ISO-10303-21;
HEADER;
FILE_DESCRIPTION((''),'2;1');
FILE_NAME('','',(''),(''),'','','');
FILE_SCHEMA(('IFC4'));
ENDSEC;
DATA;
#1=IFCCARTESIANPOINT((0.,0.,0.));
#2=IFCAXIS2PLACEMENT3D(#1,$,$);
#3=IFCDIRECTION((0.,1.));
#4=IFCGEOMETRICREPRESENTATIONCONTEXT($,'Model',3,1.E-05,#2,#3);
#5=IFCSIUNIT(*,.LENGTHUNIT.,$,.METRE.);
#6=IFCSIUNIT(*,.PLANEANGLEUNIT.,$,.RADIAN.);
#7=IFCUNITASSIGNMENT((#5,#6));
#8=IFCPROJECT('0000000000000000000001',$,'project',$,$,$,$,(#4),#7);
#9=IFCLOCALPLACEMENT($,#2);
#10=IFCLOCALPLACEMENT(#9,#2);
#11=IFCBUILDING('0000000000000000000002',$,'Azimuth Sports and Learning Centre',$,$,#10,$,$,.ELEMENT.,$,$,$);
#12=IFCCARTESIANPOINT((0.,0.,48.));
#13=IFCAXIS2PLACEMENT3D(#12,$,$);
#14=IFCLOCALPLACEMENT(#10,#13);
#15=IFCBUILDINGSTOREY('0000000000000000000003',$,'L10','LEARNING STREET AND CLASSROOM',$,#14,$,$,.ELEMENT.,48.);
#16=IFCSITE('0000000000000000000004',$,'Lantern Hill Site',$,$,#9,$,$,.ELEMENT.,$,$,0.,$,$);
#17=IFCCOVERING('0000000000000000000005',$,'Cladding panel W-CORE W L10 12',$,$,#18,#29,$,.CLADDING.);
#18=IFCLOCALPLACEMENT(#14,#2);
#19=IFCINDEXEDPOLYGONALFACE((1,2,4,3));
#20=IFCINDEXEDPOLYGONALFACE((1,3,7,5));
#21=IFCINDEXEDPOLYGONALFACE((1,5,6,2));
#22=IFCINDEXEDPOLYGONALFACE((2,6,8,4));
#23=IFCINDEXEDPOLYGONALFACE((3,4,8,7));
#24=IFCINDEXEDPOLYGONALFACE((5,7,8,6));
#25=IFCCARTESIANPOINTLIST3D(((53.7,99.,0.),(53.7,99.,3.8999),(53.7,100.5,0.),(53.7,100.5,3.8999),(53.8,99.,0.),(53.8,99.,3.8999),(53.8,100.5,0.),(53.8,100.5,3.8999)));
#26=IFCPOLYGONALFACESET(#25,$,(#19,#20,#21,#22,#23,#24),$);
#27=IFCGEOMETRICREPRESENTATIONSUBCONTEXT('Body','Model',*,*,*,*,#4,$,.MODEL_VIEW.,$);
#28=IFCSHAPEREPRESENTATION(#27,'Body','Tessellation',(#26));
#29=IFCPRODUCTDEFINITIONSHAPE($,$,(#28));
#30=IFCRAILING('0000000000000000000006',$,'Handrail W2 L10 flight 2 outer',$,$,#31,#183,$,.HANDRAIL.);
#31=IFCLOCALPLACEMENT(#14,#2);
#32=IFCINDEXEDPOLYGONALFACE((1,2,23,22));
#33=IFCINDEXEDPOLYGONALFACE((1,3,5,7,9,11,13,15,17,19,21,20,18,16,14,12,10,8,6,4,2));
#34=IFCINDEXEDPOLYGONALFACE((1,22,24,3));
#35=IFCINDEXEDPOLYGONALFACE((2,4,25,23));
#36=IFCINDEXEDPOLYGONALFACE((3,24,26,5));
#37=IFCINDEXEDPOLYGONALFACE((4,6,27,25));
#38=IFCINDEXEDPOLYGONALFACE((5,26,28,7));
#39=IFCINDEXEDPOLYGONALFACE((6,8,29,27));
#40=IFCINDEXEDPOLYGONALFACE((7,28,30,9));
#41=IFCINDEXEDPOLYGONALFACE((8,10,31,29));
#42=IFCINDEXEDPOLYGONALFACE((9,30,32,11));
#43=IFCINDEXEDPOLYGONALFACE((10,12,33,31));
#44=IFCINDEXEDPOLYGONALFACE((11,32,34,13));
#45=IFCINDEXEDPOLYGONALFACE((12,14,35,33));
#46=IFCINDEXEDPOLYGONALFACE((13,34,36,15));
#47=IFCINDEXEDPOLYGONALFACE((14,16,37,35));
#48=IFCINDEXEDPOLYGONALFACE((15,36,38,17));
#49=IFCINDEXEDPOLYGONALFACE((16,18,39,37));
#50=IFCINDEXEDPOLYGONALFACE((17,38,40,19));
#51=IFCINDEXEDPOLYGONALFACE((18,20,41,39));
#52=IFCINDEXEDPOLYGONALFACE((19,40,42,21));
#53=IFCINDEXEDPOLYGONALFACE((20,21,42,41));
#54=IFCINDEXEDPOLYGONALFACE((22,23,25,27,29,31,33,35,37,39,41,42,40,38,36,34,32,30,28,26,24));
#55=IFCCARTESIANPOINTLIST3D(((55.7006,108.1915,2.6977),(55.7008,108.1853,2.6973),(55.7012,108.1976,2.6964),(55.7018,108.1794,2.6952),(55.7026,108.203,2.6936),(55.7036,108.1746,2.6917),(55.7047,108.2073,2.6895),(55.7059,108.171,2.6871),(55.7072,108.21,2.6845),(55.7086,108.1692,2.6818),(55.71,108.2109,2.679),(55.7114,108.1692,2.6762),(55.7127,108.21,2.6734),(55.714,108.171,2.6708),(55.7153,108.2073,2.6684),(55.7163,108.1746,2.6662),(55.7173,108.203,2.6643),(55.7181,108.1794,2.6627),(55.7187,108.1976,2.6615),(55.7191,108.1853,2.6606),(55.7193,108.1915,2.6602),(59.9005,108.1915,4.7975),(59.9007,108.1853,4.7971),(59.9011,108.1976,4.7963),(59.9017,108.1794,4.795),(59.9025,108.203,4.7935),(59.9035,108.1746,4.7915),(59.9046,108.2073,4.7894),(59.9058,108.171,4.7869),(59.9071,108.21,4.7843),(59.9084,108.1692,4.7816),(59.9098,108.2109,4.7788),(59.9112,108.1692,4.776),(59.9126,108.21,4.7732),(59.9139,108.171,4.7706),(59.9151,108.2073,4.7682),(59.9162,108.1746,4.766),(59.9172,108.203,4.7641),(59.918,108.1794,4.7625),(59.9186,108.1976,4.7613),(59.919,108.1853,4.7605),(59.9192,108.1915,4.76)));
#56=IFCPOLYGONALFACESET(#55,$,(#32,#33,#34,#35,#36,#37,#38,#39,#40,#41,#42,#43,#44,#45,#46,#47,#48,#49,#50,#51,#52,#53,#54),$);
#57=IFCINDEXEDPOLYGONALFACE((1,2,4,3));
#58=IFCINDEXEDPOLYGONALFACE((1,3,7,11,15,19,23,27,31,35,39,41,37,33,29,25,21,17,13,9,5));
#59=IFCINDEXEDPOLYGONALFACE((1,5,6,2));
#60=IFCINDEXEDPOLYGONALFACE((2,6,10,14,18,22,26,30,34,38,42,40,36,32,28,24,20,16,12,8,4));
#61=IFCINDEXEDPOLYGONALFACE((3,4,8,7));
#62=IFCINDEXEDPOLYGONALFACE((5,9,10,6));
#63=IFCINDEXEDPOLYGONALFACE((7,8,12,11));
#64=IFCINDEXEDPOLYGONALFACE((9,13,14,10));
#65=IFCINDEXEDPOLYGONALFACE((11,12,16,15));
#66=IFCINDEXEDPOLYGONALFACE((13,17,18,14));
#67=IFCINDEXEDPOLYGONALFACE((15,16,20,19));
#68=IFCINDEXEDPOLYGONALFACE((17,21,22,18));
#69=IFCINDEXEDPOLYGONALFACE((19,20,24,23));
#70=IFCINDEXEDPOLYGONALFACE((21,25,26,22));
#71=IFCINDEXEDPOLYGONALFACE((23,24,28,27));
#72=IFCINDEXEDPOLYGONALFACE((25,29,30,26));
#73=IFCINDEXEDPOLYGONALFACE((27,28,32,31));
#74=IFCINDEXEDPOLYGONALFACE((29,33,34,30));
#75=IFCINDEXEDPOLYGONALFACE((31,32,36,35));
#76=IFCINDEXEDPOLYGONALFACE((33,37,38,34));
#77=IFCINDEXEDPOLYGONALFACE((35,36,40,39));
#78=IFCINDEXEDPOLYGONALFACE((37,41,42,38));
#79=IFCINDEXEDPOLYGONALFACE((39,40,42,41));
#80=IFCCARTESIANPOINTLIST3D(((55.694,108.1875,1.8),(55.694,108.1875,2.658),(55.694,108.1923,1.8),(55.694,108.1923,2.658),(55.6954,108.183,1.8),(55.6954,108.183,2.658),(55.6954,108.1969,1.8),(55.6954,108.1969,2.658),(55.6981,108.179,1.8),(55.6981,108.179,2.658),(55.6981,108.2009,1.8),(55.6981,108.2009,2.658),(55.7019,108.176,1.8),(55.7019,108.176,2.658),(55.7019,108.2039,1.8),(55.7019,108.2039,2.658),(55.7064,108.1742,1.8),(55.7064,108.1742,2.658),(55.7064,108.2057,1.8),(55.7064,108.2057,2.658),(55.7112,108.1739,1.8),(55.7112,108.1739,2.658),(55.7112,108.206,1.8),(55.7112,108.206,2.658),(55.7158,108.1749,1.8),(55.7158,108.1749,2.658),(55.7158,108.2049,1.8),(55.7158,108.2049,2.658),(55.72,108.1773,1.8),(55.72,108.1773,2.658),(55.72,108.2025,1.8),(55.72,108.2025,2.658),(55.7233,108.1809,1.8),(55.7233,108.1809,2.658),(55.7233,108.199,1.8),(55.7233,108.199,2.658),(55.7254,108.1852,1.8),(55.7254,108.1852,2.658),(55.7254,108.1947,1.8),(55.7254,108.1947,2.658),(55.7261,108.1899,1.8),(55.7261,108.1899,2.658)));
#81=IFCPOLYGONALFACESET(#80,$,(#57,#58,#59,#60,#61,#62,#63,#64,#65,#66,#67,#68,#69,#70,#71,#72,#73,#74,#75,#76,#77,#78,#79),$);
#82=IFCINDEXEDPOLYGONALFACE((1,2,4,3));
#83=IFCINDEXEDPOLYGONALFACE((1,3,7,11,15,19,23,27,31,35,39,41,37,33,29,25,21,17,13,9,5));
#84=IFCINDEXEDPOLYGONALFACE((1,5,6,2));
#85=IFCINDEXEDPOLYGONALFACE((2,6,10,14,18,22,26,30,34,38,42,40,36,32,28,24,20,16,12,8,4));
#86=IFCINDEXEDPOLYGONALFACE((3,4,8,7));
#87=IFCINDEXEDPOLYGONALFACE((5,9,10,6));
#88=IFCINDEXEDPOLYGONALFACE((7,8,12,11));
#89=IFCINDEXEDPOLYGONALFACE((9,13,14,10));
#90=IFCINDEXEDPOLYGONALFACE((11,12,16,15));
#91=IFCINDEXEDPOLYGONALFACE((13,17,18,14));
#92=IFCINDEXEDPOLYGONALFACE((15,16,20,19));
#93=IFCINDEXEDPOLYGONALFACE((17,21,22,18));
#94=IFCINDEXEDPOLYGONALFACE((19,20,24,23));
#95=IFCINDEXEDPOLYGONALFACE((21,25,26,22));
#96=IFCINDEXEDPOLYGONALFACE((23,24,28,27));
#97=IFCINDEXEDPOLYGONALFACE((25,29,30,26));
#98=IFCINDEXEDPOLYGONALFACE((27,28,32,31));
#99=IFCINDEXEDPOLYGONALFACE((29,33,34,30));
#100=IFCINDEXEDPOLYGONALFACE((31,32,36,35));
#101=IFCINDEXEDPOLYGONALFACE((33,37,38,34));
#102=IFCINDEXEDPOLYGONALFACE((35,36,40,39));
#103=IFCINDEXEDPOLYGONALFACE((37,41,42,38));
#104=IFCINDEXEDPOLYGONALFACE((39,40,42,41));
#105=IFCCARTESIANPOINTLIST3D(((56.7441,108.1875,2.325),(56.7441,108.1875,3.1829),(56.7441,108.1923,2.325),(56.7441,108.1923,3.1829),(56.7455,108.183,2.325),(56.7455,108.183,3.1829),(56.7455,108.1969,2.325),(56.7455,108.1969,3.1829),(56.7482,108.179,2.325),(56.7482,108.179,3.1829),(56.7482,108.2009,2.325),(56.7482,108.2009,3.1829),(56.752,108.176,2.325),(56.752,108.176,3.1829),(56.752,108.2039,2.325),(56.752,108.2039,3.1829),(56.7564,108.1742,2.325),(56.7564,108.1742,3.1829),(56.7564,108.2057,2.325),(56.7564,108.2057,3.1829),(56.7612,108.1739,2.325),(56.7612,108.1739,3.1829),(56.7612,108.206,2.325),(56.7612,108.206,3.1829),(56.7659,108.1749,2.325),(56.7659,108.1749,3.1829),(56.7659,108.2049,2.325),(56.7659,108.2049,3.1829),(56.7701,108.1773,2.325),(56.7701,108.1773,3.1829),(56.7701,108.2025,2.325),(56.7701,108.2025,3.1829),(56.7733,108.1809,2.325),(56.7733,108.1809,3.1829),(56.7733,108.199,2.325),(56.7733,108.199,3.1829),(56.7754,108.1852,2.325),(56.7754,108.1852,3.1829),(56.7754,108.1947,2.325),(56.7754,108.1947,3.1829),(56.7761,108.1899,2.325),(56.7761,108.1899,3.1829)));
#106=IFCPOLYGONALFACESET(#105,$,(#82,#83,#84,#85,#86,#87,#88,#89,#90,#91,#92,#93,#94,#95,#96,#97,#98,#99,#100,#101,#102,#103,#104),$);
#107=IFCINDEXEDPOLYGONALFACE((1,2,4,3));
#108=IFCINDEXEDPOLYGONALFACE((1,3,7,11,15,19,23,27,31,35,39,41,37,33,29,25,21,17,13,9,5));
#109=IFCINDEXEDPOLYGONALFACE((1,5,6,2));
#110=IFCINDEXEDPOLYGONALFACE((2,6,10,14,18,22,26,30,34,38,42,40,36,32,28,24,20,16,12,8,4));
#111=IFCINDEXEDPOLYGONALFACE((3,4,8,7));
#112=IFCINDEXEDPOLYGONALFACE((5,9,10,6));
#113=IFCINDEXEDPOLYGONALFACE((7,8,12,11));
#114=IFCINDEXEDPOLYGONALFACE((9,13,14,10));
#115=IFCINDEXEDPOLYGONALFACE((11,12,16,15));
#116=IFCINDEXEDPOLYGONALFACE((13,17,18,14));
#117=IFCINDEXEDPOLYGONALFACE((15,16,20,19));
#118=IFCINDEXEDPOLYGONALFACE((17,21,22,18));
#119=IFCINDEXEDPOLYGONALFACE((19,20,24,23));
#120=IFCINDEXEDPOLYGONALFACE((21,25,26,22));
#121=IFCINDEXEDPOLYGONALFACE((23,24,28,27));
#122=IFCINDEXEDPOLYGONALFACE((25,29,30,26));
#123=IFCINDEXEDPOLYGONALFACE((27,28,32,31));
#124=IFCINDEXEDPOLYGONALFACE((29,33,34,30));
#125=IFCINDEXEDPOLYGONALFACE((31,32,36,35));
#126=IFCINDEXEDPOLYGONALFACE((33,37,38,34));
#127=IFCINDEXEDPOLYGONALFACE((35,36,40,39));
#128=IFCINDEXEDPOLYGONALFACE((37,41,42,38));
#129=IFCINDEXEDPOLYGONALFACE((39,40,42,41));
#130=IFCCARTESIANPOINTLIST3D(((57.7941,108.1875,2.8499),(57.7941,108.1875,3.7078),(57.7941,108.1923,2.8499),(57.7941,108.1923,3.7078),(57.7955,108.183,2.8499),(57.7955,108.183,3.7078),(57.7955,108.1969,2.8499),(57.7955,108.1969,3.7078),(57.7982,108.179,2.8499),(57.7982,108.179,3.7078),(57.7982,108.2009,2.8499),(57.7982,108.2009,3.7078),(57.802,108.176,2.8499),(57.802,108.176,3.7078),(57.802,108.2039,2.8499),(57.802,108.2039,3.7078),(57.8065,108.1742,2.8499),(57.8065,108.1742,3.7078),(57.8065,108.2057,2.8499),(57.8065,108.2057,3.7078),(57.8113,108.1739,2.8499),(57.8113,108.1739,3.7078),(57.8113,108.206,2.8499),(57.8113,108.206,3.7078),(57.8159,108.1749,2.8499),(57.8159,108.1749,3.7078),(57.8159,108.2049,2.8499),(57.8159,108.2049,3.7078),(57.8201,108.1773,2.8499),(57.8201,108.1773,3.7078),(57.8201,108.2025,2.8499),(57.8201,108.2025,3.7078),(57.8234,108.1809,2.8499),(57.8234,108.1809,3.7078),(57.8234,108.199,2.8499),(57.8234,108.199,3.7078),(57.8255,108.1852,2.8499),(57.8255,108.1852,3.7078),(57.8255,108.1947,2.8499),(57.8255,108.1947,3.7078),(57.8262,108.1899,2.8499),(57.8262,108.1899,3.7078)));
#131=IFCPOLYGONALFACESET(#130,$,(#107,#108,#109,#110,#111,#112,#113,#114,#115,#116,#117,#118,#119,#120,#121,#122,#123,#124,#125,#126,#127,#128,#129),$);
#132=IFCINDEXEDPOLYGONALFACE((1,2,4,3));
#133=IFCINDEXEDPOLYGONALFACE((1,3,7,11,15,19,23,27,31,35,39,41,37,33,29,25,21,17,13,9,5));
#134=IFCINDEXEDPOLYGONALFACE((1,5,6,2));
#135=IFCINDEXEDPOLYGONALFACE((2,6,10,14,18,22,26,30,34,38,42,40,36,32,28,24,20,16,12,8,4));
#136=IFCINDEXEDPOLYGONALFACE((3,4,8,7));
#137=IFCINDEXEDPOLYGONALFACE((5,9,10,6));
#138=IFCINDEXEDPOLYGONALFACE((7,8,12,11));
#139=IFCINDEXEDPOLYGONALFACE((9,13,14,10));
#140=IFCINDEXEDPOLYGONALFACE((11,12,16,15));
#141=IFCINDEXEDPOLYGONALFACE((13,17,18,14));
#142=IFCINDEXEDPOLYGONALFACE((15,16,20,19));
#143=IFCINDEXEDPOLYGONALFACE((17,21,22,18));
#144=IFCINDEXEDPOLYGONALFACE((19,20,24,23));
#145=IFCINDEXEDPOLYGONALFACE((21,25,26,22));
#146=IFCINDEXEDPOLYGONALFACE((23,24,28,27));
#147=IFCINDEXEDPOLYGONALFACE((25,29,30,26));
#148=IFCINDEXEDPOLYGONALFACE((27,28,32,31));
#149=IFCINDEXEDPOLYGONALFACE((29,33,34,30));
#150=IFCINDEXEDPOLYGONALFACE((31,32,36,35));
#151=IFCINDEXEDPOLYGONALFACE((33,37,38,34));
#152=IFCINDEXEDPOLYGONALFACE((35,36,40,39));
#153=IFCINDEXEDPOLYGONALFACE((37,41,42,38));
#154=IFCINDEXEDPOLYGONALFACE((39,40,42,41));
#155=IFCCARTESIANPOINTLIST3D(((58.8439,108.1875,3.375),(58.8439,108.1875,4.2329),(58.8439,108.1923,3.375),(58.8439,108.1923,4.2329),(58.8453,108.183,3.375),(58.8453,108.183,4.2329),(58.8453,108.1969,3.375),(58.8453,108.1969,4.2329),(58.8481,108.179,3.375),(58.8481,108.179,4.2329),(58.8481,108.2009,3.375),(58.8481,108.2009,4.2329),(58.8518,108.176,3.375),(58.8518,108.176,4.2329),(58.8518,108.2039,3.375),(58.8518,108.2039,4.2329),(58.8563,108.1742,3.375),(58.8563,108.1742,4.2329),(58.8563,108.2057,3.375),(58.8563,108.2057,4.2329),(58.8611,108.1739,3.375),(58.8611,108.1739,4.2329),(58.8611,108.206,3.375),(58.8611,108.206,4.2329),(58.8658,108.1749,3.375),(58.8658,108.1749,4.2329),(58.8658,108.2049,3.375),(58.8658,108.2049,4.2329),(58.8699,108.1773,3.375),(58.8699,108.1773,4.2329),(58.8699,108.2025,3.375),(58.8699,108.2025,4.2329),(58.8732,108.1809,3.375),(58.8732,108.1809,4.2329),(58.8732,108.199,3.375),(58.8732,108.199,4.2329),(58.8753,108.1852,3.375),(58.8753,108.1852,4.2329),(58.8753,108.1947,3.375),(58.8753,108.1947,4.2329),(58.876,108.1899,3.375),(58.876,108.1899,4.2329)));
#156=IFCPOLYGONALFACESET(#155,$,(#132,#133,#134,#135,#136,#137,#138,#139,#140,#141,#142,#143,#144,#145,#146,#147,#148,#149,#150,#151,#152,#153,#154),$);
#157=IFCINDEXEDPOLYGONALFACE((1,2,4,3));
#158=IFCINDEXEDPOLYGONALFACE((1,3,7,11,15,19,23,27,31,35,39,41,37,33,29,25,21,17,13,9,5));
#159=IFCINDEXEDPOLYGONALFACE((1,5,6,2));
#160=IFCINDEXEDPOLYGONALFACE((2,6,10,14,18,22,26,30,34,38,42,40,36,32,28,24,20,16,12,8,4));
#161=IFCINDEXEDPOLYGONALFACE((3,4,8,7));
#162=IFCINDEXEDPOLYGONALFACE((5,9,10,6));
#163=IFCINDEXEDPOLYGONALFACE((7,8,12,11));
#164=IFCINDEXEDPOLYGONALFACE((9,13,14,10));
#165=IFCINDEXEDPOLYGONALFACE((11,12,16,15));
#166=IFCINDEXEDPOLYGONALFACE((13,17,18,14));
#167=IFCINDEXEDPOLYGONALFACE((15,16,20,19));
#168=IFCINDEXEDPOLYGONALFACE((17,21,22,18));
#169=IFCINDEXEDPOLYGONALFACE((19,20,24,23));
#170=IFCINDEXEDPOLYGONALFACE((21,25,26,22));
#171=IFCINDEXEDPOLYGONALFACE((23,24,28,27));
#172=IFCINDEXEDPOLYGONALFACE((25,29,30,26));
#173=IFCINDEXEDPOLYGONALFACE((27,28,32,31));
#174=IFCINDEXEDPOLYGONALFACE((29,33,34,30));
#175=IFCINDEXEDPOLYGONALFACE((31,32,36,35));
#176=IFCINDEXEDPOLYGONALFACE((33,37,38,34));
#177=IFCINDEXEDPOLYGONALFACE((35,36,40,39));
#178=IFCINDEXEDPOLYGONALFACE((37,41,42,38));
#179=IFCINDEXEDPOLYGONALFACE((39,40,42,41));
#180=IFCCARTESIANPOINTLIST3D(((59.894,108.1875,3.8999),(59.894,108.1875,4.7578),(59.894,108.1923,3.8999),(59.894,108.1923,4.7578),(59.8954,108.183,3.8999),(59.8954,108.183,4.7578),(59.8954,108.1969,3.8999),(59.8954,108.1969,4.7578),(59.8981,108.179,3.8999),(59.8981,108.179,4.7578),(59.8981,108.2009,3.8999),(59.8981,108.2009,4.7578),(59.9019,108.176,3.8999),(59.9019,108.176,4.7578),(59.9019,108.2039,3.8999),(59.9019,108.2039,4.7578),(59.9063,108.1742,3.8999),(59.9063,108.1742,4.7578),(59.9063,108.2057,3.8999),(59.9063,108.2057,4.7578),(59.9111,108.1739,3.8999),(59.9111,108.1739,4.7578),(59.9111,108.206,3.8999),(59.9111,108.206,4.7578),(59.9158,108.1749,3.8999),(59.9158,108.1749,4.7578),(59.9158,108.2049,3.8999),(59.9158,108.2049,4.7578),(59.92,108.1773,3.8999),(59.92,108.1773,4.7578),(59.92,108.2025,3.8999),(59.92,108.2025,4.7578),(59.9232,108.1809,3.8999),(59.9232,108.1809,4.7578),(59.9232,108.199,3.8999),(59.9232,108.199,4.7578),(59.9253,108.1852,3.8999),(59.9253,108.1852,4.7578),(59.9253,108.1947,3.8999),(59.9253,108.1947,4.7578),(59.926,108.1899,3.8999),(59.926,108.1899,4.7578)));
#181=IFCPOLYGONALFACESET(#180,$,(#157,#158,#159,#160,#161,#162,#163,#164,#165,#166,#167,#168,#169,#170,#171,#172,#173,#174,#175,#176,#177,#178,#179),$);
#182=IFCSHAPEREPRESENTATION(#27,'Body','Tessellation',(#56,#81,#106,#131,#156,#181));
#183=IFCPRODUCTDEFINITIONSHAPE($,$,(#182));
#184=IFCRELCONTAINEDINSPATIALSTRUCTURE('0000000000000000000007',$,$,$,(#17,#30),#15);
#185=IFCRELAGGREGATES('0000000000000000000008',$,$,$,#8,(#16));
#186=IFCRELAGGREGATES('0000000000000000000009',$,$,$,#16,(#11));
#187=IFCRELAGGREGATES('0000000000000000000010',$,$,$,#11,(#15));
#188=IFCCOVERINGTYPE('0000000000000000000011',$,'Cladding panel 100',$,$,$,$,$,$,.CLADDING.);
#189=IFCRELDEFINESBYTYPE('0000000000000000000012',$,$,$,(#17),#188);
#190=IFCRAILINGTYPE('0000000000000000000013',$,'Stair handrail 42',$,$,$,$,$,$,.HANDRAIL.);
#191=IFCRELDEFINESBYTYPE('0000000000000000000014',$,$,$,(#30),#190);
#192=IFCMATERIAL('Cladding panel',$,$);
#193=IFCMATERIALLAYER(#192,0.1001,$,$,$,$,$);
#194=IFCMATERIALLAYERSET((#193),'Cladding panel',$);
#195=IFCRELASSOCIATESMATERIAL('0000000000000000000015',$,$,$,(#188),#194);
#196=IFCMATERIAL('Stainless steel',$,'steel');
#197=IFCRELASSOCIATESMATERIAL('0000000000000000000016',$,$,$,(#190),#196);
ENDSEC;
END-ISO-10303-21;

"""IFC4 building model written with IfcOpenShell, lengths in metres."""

from ifc_helpers import new_model, si_unit, direction, frame, origin, origin_2d, place, context, subcontext, project, spatial, rectangle, circle, extrude, material, layer, layer_set, type_object, element, save


model = new_model("IFC4")

# Units and contexts
model_context = context("Model", 3, precision=1e-05, world=origin(), true_north=direction((0.0, 1.0)))
body_context = subcontext(model_context, "Body", "Model", "MODEL_VIEW")
ifc_project = project(units=[si_unit("LENGTHUNIT", "METRE"), si_unit("PLANEANGLEUNIT", "RADIAN")], contexts=[model_context])

# Site, building, storey
site_placement = place(None, origin())
site = spatial("IfcSite", under=ifc_project, at=site_placement, Name="Lantern Hill Site", CompositionType="ELEMENT", RefElevation=0.0)
building_placement = place(site_placement, origin())
building = spatial("IfcBuilding", under=site, at=building_placement, Name="Azimuth Sports and Learning Centre", CompositionType="ELEMENT")
storey_placement = place(building_placement, frame((0.0, 0.0, 48.0)))
storey = spatial("IfcBuildingStorey", under=building, at=storey_placement, Name="L10", Description="LEARNING STREET AND CLASSROOM", CompositionType="ELEMENT", Elevation=48.0)

# Covering
ifc_material_1 = material(Name="Cladding panel")
ifc_layer_1 = layer(ifc_material_1, 0.1001)
ifc_layer_set_1 = layer_set([ifc_layer_1], Name="Cladding panel")
covering_type = type_object("IfcCoveringType", Name="Cladding panel 100", PredefinedType="CLADDING", material=ifc_layer_set_1)
for number, where, z_axis, x_axis, name in (
    (1, (53.75, 99.75, 0.0), (0.0, 0.0, 1.0), (0.0, -1.0, 0.0), "Cladding panel W-CORE W L10 12"),
):
    element("IfcCovering", number, at=place(storey_placement, frame(where, z_axis=z_axis, x_axis=x_axis)), inside=storey, type_object=covering_type, Name=name, PredefinedType="CLADDING", context=body_context, shape_type="SweptSolid", body=[
        extrude(rectangle(XDim=1.5, YDim=0.1001, at=origin_2d()), origin(), (0.0, 0.0, 1.0), 3.8999),
    ])

# Railing
ifc_material_2 = material(Name="Stainless steel", Category="steel")
railing_type = type_object("IfcRailingType", Name="Stair handrail 42", PredefinedType="HANDRAIL", material=ifc_material_2)
railing_placement = place(storey_placement, frame((55.71, 108.1899, 1.8)))
element("IfcRailing", 2, at=railing_placement, inside=storey, type_object=railing_type, Name="Handrail W2 L10 flight 2 outer", PredefinedType="HANDRAIL", context=body_context, shape_type="SweptSolid", body=[
    extrude(circle(Radius=0.021, at=origin_2d()), frame((0.0, 0.0, 0.8789), z_axis=(0.894438, 0.0, 0.447193), x_axis=(0.0, 1.0, 0.0)), (0.0, 0.0, 1.0), 4.6956),
    extrude(circle(Radius=0.0161, at=origin_2d()), origin(), (0.0, 0.0, 1.0), 0.8579),
    extrude(circle(Radius=0.0161, at=origin_2d()), frame((1.05, 0.0, 0.5249)), (0.0, 0.0, 1.0), 0.8579),
    extrude(circle(Radius=0.0161, at=origin_2d()), frame((2.1001, 0.0, 1.0498)), (0.0, 0.0, 1.0), 0.8579),
    extrude(circle(Radius=0.0161, at=origin_2d()), frame((3.1499, 0.0, 1.575)), (0.0, 0.0, 1.0), 0.8579),
    extrude(circle(Radius=0.0161, at=origin_2d()), frame((4.2, 0.0, 2.0999)), (0.0, 0.0, 1.0), 0.8579),
])

save(model, "model.ifc")
